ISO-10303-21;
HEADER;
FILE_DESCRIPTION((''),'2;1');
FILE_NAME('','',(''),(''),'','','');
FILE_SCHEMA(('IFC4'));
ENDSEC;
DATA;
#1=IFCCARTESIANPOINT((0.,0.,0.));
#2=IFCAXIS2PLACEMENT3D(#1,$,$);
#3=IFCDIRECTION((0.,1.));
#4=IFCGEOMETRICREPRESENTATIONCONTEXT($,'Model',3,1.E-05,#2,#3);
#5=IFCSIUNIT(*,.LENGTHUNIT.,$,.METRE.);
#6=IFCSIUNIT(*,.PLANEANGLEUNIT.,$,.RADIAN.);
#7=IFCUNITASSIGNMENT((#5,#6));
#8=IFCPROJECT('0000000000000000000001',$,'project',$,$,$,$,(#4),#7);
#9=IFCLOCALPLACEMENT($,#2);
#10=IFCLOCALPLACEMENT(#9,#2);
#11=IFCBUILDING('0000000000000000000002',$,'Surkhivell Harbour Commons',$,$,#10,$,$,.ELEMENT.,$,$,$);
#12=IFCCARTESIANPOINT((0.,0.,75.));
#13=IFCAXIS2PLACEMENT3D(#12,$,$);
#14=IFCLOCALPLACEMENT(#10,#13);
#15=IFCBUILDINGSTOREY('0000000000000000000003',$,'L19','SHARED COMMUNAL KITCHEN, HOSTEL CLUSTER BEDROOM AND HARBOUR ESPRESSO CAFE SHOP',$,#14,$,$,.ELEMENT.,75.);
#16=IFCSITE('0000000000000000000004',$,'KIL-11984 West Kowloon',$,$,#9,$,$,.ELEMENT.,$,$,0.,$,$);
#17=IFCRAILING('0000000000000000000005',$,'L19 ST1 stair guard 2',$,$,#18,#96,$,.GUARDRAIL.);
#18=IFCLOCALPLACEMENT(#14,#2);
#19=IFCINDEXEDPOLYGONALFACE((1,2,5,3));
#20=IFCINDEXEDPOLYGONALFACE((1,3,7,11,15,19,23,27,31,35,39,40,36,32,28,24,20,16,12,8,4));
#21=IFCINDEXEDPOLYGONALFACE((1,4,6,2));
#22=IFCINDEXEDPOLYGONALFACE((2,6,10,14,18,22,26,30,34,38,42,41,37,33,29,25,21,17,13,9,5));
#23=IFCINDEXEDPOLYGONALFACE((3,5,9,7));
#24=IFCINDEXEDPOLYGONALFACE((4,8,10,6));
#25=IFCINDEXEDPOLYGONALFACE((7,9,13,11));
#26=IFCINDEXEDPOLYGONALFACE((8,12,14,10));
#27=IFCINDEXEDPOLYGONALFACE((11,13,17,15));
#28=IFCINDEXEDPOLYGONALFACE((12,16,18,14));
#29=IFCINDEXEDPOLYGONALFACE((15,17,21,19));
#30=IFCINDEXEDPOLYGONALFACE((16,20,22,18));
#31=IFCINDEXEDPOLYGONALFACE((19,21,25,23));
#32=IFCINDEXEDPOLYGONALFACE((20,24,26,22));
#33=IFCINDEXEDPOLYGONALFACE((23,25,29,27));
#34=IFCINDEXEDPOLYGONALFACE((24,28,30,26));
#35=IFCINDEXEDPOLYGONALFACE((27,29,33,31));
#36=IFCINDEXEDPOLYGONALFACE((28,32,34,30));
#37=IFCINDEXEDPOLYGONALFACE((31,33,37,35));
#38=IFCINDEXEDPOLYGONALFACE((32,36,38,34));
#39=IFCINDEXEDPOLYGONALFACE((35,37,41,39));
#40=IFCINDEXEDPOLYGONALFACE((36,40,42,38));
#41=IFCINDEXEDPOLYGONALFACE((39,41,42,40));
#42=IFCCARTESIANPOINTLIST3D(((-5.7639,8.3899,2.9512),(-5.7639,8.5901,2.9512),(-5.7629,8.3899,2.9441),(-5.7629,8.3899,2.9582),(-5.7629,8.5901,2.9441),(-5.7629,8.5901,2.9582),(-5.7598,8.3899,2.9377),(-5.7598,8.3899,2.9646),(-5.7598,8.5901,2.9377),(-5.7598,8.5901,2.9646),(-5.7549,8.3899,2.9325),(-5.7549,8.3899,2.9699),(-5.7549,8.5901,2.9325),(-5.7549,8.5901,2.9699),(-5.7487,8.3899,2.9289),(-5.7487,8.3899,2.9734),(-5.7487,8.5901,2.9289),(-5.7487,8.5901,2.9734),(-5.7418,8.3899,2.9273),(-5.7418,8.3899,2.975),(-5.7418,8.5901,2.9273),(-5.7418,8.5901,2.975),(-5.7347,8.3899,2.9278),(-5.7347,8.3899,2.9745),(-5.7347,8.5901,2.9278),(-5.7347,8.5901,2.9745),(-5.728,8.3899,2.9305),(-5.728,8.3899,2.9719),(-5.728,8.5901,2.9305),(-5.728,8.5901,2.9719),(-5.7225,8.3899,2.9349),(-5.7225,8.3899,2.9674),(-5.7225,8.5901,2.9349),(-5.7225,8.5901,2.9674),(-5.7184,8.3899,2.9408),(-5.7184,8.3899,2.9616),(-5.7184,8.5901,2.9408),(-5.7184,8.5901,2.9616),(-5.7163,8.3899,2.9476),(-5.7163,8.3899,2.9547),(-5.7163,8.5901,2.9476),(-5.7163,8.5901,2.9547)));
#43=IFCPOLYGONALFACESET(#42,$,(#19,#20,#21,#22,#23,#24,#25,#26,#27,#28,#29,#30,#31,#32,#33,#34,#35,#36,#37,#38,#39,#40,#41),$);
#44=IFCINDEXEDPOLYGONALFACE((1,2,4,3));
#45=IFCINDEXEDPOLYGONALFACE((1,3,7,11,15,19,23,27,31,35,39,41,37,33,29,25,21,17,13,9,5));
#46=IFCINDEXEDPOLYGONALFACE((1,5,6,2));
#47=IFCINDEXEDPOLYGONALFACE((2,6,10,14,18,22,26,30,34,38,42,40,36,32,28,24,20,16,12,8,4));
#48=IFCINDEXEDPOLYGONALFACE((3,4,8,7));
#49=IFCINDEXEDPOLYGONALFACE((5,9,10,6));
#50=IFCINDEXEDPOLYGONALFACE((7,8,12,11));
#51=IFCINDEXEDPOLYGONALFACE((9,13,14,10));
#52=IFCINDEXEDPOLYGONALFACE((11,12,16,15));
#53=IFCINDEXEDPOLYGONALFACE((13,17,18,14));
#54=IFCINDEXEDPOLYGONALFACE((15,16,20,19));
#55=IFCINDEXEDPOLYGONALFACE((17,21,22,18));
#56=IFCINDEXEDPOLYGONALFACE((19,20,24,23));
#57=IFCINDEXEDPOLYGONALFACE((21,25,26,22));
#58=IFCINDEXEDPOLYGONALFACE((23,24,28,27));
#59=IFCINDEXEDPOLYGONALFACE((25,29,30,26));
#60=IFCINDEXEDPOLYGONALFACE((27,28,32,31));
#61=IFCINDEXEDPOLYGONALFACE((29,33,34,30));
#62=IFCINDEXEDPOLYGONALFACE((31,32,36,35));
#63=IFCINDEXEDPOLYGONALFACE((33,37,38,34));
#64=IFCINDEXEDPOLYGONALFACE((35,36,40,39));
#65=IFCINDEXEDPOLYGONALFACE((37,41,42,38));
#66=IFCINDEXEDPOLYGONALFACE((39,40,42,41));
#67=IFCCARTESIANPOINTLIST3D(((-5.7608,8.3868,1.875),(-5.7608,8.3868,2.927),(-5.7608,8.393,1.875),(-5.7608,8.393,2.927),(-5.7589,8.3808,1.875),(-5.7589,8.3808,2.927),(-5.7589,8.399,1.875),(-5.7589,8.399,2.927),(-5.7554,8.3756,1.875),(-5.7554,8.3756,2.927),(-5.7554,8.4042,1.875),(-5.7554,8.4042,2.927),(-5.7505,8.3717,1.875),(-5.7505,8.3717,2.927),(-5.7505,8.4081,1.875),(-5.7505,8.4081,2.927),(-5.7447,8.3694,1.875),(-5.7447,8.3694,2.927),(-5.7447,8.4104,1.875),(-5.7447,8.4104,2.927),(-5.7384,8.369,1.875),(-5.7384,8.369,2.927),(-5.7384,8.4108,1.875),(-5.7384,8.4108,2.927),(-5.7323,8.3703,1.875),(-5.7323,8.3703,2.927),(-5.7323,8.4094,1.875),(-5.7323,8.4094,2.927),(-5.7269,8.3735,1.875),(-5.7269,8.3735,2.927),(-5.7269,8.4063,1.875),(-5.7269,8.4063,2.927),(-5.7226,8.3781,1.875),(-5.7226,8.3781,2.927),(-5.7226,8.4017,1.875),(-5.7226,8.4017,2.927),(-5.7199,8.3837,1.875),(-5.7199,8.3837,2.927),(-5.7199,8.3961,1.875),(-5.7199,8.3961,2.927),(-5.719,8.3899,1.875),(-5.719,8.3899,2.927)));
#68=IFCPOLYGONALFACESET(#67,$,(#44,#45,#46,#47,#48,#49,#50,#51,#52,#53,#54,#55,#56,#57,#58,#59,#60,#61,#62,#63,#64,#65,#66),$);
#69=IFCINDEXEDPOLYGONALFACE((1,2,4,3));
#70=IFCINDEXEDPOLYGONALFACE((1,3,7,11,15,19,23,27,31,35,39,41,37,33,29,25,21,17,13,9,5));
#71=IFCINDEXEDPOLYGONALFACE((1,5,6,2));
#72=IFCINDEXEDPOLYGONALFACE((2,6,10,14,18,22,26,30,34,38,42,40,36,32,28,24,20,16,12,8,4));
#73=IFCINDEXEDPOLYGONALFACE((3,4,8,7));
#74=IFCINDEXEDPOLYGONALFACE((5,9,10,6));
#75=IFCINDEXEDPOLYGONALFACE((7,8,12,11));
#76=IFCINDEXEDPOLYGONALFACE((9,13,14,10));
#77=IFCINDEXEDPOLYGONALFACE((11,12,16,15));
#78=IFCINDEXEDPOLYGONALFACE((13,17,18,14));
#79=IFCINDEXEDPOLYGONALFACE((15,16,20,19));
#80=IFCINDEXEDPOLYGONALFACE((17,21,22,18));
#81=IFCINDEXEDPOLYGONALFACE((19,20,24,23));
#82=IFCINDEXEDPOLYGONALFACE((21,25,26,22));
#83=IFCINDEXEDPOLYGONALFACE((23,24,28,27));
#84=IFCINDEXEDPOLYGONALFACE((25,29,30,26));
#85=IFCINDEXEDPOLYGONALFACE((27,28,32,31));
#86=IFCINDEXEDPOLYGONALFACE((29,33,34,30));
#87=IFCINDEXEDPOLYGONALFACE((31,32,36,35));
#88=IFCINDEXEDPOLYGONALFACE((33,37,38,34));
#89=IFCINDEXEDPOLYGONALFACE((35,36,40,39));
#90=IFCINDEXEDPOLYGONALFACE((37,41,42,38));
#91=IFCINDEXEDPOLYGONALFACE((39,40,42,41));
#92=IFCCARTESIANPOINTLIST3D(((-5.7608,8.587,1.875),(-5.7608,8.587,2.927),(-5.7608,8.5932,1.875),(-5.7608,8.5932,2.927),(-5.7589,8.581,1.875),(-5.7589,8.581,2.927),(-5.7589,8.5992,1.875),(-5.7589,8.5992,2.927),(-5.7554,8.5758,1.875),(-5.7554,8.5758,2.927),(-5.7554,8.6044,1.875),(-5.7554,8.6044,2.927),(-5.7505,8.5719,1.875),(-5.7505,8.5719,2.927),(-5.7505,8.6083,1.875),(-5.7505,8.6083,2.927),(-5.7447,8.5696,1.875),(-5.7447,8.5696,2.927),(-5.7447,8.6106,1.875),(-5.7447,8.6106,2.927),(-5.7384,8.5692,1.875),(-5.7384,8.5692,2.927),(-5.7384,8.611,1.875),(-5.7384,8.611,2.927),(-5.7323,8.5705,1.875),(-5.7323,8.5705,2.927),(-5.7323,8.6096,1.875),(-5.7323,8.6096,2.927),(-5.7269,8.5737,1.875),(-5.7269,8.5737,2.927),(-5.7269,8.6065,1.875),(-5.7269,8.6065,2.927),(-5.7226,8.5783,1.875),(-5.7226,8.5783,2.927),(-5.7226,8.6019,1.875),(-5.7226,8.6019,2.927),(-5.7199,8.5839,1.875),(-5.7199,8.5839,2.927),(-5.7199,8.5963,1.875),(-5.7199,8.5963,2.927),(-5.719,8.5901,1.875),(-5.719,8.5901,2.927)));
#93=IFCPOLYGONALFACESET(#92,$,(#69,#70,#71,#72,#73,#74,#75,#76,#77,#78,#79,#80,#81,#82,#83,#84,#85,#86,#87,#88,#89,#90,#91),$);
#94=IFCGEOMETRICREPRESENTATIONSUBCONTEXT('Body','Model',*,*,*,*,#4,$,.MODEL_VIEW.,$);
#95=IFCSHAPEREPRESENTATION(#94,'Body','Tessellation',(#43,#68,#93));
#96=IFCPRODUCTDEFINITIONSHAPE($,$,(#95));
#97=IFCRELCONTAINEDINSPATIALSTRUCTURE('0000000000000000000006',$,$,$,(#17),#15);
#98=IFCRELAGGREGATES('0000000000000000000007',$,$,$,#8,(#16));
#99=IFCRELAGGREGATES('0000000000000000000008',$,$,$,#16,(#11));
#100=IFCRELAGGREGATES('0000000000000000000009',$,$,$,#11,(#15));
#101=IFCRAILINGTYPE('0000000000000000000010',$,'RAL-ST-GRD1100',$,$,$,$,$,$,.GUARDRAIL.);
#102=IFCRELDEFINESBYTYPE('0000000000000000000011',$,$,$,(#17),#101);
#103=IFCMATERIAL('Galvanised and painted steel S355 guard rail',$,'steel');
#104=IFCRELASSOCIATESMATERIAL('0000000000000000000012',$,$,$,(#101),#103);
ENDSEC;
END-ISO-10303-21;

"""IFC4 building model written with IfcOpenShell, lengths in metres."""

from ifc_helpers import new_model, si_unit, direction, frame, origin, origin_2d, place, context, subcontext, project, spatial, circle, extrude, material, type_object, element, save


model = new_model("IFC4")

# Units and contexts
model_context = context("Model", 3, precision=1e-05, world=origin(), true_north=direction((0.0, 1.0)))
body_context = subcontext(model_context, "Body", "Model", "MODEL_VIEW")
ifc_project = project(units=[si_unit("LENGTHUNIT", "METRE"), si_unit("PLANEANGLEUNIT", "RADIAN")], contexts=[model_context])

# Site, building, storey
site_placement = place(None, origin())
site = spatial("IfcSite", under=ifc_project, at=site_placement, Name="KIL-11984 West Kowloon", CompositionType="ELEMENT", RefElevation=0.0)
building_placement = place(site_placement, origin())
building = spatial("IfcBuilding", under=site, at=building_placement, Name="Surkhivell Harbour Commons", CompositionType="ELEMENT")
storey_placement = place(building_placement, frame((0.0, 0.0, 75.0)))
storey = spatial("IfcBuildingStorey", under=building, at=storey_placement, Name="L19", Description="SHARED COMMUNAL KITCHEN, HOSTEL CLUSTER BEDROOM AND HARBOUR ESPRESSO CAFE SHOP", CompositionType="ELEMENT", Elevation=75.0)

# Railing
ifc_material_1 = material(Name="Galvanised and painted steel S355 guard rail", Category="steel")
railing_type_1 = type_object("IfcRailingType", Name="RAL-ST-GRD1100", PredefinedType="GUARDRAIL", material=ifc_material_1)
railing_1_placement = place(storey_placement, frame((-5.74, 8.3899, 1.875)))
element("IfcRailing", 1, at=railing_1_placement, inside=storey, type_object=railing_type_1, Name="L19 ST1 stair guard 2", PredefinedType="GUARDRAIL", context=body_context, shape_type="SweptSolid", body=[
    extrude(circle(Radius=0.0239, at=origin_2d()), frame((0.0, 0.0, 1.0762), z_axis=(0.0, 1.0, 0.0), x_axis=(-1.0, 0.0, 0.0)), (0.0, 0.0, 1.0), 0.2002),
    extrude(circle(Radius=0.021, at=origin_2d()), origin(), (0.0, 0.0, 1.0), 1.052),
    extrude(circle(Radius=0.021, at=origin_2d()), frame((0.0, 0.2002, 0.0)), (0.0, 0.0, 1.0), 1.052),
])

save(model, "model.ifc")
